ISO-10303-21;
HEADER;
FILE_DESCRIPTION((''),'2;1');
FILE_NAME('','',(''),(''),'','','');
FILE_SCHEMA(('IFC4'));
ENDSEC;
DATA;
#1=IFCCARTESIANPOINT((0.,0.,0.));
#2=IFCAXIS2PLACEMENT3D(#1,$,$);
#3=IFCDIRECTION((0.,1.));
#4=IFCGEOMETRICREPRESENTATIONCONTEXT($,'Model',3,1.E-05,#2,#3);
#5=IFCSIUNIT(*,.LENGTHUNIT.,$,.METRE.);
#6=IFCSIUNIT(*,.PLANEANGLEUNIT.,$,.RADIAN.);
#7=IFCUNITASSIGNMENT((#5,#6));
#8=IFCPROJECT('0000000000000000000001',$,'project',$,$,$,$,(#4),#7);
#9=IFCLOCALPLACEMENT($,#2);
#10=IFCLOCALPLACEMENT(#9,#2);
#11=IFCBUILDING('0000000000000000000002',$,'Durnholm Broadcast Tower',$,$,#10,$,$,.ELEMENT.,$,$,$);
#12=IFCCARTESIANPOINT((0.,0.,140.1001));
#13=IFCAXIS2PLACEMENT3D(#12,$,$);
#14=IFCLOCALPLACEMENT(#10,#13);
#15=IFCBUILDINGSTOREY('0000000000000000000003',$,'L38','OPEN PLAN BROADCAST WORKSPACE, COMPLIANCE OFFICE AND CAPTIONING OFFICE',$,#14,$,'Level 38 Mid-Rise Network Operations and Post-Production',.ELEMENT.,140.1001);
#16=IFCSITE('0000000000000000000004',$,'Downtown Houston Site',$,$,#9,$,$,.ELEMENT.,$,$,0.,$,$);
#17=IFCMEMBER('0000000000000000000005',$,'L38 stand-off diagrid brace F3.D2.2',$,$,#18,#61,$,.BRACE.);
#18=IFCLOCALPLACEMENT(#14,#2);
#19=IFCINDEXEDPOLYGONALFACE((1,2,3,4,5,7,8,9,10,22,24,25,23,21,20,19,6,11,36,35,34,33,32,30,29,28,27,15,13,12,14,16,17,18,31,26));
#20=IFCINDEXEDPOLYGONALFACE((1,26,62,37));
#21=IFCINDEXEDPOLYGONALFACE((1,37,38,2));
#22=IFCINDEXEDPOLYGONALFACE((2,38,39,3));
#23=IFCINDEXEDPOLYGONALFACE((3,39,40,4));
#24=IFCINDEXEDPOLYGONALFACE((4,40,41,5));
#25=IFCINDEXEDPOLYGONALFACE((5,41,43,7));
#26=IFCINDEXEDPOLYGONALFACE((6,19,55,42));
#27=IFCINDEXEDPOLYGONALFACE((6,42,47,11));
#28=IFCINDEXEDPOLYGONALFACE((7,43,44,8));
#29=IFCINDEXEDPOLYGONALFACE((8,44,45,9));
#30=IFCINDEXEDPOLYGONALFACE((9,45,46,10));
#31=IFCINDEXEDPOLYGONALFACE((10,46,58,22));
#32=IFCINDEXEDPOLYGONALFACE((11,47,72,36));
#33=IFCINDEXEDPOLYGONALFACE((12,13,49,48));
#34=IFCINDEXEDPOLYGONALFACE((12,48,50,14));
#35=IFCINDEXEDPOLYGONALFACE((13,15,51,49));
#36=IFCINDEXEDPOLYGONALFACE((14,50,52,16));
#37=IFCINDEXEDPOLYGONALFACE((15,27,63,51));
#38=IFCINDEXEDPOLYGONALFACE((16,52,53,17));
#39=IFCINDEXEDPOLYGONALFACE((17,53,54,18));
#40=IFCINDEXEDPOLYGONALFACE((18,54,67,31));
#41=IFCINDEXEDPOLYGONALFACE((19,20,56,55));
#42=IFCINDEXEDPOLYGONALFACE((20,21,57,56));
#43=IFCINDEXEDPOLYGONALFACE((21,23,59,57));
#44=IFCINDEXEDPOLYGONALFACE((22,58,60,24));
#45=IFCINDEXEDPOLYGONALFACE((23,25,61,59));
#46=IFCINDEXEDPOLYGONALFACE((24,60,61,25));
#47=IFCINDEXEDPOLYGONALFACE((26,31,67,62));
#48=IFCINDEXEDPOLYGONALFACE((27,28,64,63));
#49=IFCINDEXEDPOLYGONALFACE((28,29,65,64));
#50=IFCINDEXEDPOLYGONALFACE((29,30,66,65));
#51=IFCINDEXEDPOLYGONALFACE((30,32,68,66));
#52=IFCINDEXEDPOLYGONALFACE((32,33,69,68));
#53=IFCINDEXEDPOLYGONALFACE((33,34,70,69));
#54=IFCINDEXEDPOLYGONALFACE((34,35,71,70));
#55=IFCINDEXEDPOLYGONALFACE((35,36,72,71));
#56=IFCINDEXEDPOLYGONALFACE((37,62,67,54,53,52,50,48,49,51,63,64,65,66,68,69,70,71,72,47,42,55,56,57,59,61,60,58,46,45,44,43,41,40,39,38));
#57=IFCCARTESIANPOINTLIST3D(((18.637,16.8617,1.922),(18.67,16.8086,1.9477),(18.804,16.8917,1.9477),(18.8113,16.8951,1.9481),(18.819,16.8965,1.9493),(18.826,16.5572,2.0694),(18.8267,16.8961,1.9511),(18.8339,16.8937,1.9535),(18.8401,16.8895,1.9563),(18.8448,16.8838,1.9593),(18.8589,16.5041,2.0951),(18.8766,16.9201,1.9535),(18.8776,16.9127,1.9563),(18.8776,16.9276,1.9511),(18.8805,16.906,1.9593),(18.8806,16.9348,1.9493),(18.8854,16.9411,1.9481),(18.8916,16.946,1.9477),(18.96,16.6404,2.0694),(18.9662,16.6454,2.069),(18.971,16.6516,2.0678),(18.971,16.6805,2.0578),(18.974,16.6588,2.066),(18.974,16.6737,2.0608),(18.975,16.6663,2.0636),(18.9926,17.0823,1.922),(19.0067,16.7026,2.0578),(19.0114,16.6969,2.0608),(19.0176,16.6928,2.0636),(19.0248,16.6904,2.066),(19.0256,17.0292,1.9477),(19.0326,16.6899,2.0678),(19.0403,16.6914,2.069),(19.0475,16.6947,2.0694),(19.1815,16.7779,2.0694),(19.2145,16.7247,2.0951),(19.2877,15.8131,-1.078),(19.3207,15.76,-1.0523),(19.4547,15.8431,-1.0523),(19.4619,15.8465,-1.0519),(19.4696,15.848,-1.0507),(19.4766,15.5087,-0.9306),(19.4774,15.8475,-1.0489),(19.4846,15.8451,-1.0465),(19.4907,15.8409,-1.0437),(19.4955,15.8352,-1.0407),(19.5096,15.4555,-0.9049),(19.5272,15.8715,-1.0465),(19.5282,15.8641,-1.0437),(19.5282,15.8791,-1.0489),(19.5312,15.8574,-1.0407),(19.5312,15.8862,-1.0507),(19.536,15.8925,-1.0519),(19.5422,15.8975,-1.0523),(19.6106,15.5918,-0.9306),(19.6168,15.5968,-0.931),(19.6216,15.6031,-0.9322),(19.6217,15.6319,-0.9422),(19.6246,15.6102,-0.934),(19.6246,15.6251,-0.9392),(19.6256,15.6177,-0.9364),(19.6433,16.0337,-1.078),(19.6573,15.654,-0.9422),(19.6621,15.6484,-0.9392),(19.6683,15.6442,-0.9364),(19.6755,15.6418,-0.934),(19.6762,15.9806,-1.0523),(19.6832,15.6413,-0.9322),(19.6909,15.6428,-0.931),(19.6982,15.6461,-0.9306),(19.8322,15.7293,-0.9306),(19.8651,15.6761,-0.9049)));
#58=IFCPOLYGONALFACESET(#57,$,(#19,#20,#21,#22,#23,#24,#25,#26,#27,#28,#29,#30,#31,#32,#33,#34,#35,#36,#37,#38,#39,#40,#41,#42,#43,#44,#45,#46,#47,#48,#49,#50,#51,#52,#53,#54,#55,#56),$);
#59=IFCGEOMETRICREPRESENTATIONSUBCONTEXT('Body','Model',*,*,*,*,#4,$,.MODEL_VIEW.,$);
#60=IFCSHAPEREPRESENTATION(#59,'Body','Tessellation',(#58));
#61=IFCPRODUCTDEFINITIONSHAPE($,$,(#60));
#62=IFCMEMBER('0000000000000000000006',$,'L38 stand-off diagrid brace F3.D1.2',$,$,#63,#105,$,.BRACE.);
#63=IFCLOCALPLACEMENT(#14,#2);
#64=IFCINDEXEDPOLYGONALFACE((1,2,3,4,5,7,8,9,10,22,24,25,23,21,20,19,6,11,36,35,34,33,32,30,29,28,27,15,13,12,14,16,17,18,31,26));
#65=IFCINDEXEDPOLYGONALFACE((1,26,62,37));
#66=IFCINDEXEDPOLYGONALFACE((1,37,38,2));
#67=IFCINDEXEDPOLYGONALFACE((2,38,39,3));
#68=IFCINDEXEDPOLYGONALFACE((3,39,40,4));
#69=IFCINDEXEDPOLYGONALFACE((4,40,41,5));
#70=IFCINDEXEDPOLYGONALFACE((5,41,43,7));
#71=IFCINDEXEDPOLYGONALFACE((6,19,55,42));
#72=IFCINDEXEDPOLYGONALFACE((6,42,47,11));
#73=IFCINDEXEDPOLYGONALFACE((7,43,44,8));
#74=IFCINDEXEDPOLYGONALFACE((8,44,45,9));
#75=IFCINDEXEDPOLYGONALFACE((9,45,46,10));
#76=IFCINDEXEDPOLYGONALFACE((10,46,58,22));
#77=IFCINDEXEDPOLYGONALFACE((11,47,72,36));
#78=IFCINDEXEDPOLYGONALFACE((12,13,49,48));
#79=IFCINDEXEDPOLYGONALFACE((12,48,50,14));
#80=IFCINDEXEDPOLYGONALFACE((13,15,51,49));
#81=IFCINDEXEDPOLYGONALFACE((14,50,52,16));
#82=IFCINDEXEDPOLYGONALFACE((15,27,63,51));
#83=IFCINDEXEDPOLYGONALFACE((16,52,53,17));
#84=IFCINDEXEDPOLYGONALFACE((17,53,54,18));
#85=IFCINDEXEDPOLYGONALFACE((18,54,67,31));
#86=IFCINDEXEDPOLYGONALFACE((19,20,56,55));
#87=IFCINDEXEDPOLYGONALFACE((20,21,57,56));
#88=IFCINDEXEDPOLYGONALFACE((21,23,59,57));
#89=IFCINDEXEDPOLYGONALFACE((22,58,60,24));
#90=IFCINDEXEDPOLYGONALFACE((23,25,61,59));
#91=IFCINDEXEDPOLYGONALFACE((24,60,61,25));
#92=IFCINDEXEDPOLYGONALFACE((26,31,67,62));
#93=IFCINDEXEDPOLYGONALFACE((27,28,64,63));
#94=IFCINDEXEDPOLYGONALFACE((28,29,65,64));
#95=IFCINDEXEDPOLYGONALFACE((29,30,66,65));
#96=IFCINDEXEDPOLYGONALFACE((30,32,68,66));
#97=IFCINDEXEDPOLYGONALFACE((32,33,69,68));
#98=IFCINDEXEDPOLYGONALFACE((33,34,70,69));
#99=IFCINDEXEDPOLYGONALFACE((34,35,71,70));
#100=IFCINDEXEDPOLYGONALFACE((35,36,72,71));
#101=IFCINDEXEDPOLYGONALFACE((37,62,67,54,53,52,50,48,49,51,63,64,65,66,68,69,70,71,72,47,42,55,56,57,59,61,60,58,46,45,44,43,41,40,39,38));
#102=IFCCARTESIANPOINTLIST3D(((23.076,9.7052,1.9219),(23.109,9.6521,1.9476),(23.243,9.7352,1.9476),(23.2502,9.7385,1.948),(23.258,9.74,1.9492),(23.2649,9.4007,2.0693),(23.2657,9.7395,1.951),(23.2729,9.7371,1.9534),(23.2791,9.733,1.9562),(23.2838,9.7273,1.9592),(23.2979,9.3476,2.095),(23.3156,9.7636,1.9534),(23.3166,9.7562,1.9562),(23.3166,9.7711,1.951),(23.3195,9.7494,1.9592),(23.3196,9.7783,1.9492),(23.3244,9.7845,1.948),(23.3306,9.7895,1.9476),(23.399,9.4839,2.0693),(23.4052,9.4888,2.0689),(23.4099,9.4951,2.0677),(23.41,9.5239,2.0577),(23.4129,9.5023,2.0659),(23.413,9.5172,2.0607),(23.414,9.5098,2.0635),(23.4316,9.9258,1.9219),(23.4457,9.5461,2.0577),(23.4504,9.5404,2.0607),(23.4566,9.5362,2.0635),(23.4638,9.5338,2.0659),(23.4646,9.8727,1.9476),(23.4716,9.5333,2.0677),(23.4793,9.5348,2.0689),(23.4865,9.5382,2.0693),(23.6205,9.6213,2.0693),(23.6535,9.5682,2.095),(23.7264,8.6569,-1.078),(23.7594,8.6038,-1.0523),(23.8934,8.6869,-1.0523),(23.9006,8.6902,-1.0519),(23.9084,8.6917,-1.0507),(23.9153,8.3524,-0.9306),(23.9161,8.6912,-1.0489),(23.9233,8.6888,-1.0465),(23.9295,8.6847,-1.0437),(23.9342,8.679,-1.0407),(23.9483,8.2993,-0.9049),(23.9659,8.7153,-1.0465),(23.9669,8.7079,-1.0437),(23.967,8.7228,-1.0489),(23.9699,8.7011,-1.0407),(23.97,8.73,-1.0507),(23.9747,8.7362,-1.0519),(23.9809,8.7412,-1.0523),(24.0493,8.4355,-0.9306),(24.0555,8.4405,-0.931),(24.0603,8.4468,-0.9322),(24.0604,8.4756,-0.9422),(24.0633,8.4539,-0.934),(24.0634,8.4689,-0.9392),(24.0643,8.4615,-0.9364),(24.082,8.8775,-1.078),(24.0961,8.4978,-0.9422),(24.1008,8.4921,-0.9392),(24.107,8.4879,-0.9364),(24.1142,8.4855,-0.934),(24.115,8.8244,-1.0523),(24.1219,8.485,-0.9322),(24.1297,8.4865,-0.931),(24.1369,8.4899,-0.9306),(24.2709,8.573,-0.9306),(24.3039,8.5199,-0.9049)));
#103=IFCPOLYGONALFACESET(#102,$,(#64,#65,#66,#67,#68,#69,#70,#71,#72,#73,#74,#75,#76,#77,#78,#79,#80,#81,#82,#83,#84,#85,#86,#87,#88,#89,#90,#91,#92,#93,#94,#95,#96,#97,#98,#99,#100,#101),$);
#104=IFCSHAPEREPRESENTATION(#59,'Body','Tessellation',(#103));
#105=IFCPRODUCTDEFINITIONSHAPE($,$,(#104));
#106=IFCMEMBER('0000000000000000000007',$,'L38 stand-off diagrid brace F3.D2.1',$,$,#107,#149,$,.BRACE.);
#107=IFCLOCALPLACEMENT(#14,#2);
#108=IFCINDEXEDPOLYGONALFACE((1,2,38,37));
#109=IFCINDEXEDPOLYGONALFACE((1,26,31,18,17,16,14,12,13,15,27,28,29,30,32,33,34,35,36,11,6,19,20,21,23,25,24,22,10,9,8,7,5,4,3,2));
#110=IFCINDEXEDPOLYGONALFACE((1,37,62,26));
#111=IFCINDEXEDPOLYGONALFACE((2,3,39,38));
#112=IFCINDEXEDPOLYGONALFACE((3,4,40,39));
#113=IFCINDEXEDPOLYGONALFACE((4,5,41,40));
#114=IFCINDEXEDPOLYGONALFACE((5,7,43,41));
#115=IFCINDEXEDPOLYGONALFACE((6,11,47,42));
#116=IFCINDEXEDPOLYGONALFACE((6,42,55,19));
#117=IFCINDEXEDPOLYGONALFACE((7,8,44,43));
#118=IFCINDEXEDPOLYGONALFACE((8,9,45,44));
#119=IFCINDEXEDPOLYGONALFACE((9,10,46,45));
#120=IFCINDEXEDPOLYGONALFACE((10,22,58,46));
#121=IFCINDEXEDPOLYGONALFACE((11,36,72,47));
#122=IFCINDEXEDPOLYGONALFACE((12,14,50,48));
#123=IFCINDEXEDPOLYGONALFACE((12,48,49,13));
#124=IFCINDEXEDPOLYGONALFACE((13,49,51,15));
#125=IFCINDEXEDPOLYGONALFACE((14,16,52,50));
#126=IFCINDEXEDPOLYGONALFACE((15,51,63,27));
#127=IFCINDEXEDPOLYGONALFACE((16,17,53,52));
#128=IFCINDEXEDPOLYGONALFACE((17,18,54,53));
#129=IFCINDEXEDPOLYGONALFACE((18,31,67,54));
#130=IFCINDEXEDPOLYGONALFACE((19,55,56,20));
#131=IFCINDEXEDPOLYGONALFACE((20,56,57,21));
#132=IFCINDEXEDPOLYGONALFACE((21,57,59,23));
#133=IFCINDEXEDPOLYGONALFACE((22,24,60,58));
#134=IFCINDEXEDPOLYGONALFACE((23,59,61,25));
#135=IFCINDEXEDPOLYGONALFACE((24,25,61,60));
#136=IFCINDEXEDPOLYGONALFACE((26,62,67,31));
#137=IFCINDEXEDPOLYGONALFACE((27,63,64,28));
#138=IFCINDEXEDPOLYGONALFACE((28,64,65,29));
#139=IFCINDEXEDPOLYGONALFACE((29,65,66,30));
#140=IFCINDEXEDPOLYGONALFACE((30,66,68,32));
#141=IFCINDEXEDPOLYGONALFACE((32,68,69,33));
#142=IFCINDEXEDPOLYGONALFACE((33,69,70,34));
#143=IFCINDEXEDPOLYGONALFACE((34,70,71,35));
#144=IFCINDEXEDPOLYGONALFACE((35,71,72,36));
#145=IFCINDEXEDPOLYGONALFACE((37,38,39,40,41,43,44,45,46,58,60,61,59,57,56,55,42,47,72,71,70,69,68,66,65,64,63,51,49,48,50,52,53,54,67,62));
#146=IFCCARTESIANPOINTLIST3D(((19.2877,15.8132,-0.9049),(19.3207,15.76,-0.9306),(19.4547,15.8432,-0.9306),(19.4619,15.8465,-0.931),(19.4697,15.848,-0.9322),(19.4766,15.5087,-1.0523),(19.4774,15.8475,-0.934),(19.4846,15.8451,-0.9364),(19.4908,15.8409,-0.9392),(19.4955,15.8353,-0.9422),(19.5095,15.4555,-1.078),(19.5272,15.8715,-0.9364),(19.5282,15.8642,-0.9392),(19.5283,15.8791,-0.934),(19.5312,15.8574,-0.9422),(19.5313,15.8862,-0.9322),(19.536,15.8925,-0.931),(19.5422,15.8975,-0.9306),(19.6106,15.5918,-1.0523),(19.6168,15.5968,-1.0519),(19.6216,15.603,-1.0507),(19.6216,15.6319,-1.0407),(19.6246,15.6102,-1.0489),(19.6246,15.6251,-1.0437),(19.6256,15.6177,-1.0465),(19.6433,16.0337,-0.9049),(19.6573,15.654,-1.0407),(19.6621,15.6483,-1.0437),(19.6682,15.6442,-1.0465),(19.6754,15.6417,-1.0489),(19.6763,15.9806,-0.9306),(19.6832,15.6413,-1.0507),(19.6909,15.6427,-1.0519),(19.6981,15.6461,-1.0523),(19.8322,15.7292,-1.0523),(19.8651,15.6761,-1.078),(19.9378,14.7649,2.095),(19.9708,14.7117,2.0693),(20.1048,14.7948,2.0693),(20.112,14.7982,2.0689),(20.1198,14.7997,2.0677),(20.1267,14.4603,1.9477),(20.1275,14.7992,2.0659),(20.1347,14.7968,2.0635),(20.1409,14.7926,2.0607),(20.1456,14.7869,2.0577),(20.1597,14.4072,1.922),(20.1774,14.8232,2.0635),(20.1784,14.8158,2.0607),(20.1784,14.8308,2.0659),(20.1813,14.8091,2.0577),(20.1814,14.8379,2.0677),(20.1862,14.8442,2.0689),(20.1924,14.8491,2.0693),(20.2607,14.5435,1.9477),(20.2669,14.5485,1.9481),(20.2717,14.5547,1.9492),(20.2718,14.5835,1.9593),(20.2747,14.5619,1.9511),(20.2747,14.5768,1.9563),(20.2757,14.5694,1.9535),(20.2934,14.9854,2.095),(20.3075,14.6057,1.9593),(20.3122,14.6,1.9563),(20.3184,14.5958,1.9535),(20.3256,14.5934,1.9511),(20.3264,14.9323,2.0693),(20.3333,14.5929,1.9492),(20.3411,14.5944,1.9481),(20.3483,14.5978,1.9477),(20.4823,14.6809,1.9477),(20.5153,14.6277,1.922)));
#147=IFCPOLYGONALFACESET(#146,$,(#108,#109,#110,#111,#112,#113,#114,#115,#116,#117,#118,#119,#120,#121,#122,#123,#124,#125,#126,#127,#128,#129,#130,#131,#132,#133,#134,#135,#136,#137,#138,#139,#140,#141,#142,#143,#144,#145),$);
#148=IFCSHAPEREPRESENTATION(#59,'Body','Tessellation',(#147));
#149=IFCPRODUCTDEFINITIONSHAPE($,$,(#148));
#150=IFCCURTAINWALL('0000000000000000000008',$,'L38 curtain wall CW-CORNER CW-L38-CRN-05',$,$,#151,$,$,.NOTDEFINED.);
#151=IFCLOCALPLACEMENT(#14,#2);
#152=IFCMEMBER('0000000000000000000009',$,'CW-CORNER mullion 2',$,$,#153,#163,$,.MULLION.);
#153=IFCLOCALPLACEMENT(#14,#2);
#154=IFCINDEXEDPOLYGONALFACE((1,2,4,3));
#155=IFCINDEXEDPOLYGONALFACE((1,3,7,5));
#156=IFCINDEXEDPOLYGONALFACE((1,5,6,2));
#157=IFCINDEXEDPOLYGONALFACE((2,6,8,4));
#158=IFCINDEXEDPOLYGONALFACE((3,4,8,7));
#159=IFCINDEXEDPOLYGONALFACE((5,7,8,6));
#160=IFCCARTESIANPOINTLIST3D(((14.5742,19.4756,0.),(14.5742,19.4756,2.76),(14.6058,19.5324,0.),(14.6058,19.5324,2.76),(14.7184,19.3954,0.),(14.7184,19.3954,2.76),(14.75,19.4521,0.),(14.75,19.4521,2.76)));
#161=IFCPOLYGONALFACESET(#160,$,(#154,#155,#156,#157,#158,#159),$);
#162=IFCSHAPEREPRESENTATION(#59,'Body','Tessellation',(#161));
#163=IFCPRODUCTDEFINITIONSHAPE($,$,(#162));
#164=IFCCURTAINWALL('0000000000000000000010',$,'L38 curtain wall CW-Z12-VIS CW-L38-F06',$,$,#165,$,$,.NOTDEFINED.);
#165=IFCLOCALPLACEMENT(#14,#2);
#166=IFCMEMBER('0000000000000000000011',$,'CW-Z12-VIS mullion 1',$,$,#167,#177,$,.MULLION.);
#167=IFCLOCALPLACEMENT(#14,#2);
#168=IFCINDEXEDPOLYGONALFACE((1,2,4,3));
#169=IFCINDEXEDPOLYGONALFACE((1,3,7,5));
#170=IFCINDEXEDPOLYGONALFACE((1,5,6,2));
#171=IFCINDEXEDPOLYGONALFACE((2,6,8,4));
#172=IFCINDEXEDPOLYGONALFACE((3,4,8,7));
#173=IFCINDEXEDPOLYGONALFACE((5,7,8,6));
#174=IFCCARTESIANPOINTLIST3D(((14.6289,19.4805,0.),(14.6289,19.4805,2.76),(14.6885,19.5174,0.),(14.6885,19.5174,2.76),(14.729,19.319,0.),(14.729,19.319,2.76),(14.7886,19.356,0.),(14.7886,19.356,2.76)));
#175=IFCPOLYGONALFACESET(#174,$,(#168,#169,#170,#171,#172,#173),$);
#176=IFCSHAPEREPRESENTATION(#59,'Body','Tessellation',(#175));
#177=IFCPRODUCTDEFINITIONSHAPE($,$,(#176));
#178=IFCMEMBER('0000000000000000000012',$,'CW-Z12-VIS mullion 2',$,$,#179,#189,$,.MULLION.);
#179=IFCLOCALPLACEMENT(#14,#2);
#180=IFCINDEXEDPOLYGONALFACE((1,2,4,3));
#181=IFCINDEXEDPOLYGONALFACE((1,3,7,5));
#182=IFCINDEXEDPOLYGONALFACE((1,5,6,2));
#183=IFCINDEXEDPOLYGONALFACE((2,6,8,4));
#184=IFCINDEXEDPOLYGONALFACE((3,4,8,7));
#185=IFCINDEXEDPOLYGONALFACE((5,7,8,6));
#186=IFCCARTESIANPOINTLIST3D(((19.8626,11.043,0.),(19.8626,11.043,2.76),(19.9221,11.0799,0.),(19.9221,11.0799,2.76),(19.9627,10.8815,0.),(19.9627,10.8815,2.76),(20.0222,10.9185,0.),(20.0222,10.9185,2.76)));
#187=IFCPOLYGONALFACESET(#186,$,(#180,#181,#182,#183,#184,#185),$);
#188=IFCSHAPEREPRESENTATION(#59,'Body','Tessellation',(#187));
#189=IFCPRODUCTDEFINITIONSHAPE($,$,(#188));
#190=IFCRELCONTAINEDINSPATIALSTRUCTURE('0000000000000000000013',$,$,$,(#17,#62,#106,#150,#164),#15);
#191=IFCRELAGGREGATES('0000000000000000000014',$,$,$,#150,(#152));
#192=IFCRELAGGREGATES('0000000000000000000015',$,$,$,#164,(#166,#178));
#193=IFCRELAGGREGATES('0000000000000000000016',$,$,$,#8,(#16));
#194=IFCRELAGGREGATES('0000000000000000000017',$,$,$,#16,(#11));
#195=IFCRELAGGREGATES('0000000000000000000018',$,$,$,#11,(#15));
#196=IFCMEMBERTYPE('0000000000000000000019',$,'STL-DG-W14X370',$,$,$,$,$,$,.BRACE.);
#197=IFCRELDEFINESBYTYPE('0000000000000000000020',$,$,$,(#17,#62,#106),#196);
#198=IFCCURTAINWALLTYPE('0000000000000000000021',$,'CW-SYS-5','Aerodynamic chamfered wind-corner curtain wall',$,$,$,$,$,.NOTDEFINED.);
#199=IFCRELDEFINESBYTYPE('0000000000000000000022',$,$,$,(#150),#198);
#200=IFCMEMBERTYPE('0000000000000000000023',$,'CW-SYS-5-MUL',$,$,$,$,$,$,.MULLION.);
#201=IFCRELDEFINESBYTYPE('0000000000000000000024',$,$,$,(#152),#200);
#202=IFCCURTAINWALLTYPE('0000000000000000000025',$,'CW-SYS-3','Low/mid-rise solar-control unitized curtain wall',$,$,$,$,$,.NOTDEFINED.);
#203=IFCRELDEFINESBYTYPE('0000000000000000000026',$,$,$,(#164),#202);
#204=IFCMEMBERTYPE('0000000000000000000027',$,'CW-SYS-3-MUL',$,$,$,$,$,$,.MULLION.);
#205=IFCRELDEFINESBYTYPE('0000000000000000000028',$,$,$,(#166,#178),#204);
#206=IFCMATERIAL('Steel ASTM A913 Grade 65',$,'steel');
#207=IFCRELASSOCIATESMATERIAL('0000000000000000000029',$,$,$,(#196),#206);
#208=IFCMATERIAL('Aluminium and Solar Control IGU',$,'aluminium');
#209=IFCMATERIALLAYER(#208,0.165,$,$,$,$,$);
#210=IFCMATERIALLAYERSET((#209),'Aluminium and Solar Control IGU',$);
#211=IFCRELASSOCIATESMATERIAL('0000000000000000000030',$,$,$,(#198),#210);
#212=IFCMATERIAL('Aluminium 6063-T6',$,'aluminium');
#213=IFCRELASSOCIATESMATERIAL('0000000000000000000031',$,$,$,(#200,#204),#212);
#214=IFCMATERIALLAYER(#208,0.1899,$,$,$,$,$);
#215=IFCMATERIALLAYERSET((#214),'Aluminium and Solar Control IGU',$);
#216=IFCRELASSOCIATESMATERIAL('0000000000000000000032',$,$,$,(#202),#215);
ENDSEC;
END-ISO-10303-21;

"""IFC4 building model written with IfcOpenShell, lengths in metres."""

from ifc_helpers import new_model, si_unit, direction, frame, origin, origin_2d, place, context, subcontext, project, spatial, rectangle, i_section, extrude, source, transform, mapped, material, layer, layer_set, material_profile, profile_set, type_object, type_shapes, element, aggregate, save


model = new_model("IFC4")

# Units and contexts
model_context = context("Model", 3, precision=1e-05, world=origin(), true_north=direction((0.0, 1.0)))
body_context = subcontext(model_context, "Body", "Model", "MODEL_VIEW")
ifc_project = project(units=[si_unit("LENGTHUNIT", "METRE"), si_unit("PLANEANGLEUNIT", "RADIAN")], contexts=[model_context])

# Site, building, storey
site_placement = place(None, origin())
site = spatial("IfcSite", under=ifc_project, at=site_placement, Name="Downtown Houston Site", CompositionType="ELEMENT", RefElevation=0.0)
building_placement = place(site_placement, origin())
building = spatial("IfcBuilding", under=site, at=building_placement, Name="Durnholm Broadcast Tower", CompositionType="ELEMENT")
storey_placement = place(building_placement, frame((0.0, 0.0, 140.1001)))
storey = spatial("IfcBuildingStorey", under=building, at=storey_placement, Name="L38", Description="OPEN PLAN BROADCAST WORKSPACE, COMPLIANCE OFFICE AND CAPTIONING OFFICE", LongName="Level 38 Mid-Rise Network Operations and Post-Production", CompositionType="ELEMENT", Elevation=140.1001)

# Members
ifc_material_1 = material(Name="Steel ASTM A913 Grade 65", Category="steel")
ifc_material_profile_1 = material_profile(ifc_material_1, i_section(OverallWidth=0.4185, OverallDepth=0.4551, WebThickness=0.042, FlangeThickness=0.0676, FilletRadius=0.0305, at=origin_2d()), Name="W14X370")
ifc_profile_set_1 = profile_set([ifc_material_profile_1], Name="Steel ASTM A913 Grade 65")
member_type_1 = type_object("IfcMemberType", Name="STL-DG-W14X370", PredefinedType="BRACE", material=ifc_profile_set_1)
shared_shape_1 = source(origin(), body_context, "Body", "SweptSolid", [
    extrude(i_section(OverallWidth=0.4185, OverallDepth=0.4551, WebThickness=0.042, FlangeThickness=0.0676, FilletRadius=0.0305, at=origin_2d()), origin(), (0.0, 0.0, 1.0), 3.2439),
])
for number, where, z_axis, x_axis, name in (
    (1, (19.5764, 15.7446, -0.9915), (-0.200572, 0.323248, 0.924814), (-0.849717, -0.52724, 0.0), "L38 stand-off diagrid brace F3.D2.2"),
):
    element("IfcMember", number, at=place(storey_placement, frame(where, z_axis=z_axis, x_axis=x_axis)), inside=storey, type_object=member_type_1, Name=name, PredefinedType="BRACE", context=body_context, shape_type="MappedRepresentation", body=[
        mapped(shared_shape_1, transform((0.0, 0.0, 0.0), x_axis=(1.0, 0.0, 0.0), y_axis=(0.0, 1.0, 0.0), z_axis=(0.0, 0.0, 1.0), scale=1.0)),
    ])
shared_shape_2 = source(origin(), body_context, "Body", "SweptSolid", [
    extrude(i_section(OverallWidth=0.4185, OverallDepth=0.4551, WebThickness=0.042, FlangeThickness=0.0676, FilletRadius=0.0305, at=origin_2d()), origin(), (0.0, 0.0, 1.0), 3.2437),
])
type_shapes(member_type_1, [shared_shape_1, shared_shape_2])
for number, where, z_axis, x_axis, name in (
    (2, (24.0151, 8.5884, -0.9915), (-0.200505, 0.323186, 0.924851), (-0.84975, -0.527186, 0.0), "L38 stand-off diagrid brace F3.D1.2"),
    (3, (19.5764, 15.7446, -0.9915), (0.200432, -0.323191, 0.924865), (0.849839, 0.527043, 0.0), "L38 stand-off diagrid brace F3.D2.1"),
):
    element("IfcMember", number, at=place(storey_placement, frame(where, z_axis=z_axis, x_axis=x_axis)), inside=storey, type_object=member_type_1, Name=name, PredefinedType="BRACE", context=body_context, shape_type="MappedRepresentation", body=[
        mapped(shared_shape_2, transform((0.0, 0.0, 0.0), x_axis=(1.0, 0.0, 0.0), y_axis=(0.0, 1.0, 0.0), z_axis=(0.0, 0.0, 1.0), scale=1.0)),
    ])

# Curtain wall, member
ifc_material_2 = material(Name="Aluminium and Solar Control IGU", Category="aluminium")
ifc_layer_1 = layer(ifc_material_2, 0.165)
ifc_layer_set_1 = layer_set([ifc_layer_1], Name="Aluminium and Solar Control IGU")
curtain_wall_type_1 = type_object("IfcCurtainWallType", Name="CW-SYS-5", Description="Aerodynamic chamfered wind-corner curtain wall", PredefinedType="NOTDEFINED", material=ifc_layer_set_1)
curtain_wall_1_placement = place(storey_placement, origin())
curtain_wall_1 = element("IfcCurtainWall", 4, at=curtain_wall_1_placement, inside=storey, type_object=curtain_wall_type_1, Name="L38 curtain wall CW-CORNER CW-L38-CRN-05", PredefinedType="NOTDEFINED")
ifc_material_3 = material(Name="Aluminium 6063-T6", Category="aluminium")
ifc_material_profile_2 = material_profile(ifc_material_3, rectangle(XDim=0.0649, YDim=0.165, at=origin_2d()), Name="CWM65X165")
ifc_profile_set_2 = profile_set([ifc_material_profile_2], Name="Aluminium 6063-T6")
member_type_2 = type_object("IfcMemberType", Name="CW-SYS-5-MUL", PredefinedType="MULLION", material=ifc_profile_set_2)
shared_shape_3 = source(origin(), body_context, "Body", "SweptSolid", [
    extrude(rectangle(XDim=0.0649, YDim=0.165, at=origin_2d()), origin(), (0.0, 0.0, 1.0), 2.76),
])
type_shapes(member_type_2, [shared_shape_3])
member_1_placement = place(storey_placement, frame((14.6621, 19.4639, 0.0), z_axis=(0.0, 0.0, 1.0), x_axis=(0.486244, 0.873823, 0.0)))
member_1 = element("IfcMember", 5, at=member_1_placement, type_object=member_type_2, Name="CW-CORNER mullion 2", PredefinedType="MULLION", context=body_context, shape_type="MappedRepresentation", body=[
    mapped(shared_shape_3, transform((0.0, 0.0, 0.0), x_axis=(1.0, 0.0, 0.0), y_axis=(0.0, 1.0, 0.0), z_axis=(0.0, 0.0, 1.0), scale=1.0)),
])

# Curtain wall, members
ifc_layer_2 = layer(ifc_material_2, 0.1899)
ifc_layer_set_2 = layer_set([ifc_layer_2], Name="Aluminium and Solar Control IGU")
curtain_wall_type_2 = type_object("IfcCurtainWallType", Name="CW-SYS-3", Description="Low/mid-rise solar-control unitized curtain wall", PredefinedType="NOTDEFINED", material=ifc_layer_set_2)
curtain_wall_2_placement = place(storey_placement, origin())
curtain_wall_2 = element("IfcCurtainWall", 6, at=curtain_wall_2_placement, inside=storey, type_object=curtain_wall_type_2, Name="L38 curtain wall CW-Z12-VIS CW-L38-F06", PredefinedType="NOTDEFINED")
ifc_material_profile_3 = material_profile(ifc_material_3, rectangle(XDim=0.0701, YDim=0.1899, at=origin_2d()), Name="CWM70X190")
ifc_profile_set_3 = profile_set([ifc_material_profile_3], Name="Aluminium 6063-T6")
member_type_3 = type_object("IfcMemberType", Name="CW-SYS-3-MUL", PredefinedType="MULLION", material=ifc_profile_set_3)
shared_shape_4 = source(origin(), body_context, "Body", "SweptSolid", [
    extrude(rectangle(XDim=0.0701, YDim=0.1899, at=origin_2d()), origin(), (0.0, 0.0, 1.0), 2.76),
])
type_shapes(member_type_3, [shared_shape_4])
member_2_placement = place(storey_placement, frame((14.7087, 19.4182, 0.0), z_axis=(0.0, 0.0, 1.0), x_axis=(0.8498, 0.527105, 0.0)))
member_2 = element("IfcMember", 7, at=member_2_placement, type_object=member_type_3, Name="CW-Z12-VIS mullion 1", PredefinedType="MULLION", context=body_context, shape_type="MappedRepresentation", body=[
    mapped(shared_shape_4, transform((0.0, 0.0, 0.0), x_axis=(1.0, 0.0, 0.0), y_axis=(0.0, 1.0, 0.0), z_axis=(0.0, 0.0, 1.0), scale=1.0)),
])
member_3_placement = place(storey_placement, frame((19.9424, 10.9807, 0.0), z_axis=(0.0, 0.0, 1.0), x_axis=(0.8498, 0.527105, 0.0)))
member_3 = element("IfcMember", 8, at=member_3_placement, type_object=member_type_3, Name="CW-Z12-VIS mullion 2", PredefinedType="MULLION", context=body_context, shape_type="MappedRepresentation", body=[
    mapped(shared_shape_4, transform((0.0, 0.0, 0.0), x_axis=(1.0, 0.0, 0.0), y_axis=(0.0, 1.0, 0.0), z_axis=(0.0, 0.0, 1.0), scale=1.0)),
])

aggregate(curtain_wall_1, [member_1])
aggregate(curtain_wall_2, [member_2, member_3])

save(model, "model.ifc")
